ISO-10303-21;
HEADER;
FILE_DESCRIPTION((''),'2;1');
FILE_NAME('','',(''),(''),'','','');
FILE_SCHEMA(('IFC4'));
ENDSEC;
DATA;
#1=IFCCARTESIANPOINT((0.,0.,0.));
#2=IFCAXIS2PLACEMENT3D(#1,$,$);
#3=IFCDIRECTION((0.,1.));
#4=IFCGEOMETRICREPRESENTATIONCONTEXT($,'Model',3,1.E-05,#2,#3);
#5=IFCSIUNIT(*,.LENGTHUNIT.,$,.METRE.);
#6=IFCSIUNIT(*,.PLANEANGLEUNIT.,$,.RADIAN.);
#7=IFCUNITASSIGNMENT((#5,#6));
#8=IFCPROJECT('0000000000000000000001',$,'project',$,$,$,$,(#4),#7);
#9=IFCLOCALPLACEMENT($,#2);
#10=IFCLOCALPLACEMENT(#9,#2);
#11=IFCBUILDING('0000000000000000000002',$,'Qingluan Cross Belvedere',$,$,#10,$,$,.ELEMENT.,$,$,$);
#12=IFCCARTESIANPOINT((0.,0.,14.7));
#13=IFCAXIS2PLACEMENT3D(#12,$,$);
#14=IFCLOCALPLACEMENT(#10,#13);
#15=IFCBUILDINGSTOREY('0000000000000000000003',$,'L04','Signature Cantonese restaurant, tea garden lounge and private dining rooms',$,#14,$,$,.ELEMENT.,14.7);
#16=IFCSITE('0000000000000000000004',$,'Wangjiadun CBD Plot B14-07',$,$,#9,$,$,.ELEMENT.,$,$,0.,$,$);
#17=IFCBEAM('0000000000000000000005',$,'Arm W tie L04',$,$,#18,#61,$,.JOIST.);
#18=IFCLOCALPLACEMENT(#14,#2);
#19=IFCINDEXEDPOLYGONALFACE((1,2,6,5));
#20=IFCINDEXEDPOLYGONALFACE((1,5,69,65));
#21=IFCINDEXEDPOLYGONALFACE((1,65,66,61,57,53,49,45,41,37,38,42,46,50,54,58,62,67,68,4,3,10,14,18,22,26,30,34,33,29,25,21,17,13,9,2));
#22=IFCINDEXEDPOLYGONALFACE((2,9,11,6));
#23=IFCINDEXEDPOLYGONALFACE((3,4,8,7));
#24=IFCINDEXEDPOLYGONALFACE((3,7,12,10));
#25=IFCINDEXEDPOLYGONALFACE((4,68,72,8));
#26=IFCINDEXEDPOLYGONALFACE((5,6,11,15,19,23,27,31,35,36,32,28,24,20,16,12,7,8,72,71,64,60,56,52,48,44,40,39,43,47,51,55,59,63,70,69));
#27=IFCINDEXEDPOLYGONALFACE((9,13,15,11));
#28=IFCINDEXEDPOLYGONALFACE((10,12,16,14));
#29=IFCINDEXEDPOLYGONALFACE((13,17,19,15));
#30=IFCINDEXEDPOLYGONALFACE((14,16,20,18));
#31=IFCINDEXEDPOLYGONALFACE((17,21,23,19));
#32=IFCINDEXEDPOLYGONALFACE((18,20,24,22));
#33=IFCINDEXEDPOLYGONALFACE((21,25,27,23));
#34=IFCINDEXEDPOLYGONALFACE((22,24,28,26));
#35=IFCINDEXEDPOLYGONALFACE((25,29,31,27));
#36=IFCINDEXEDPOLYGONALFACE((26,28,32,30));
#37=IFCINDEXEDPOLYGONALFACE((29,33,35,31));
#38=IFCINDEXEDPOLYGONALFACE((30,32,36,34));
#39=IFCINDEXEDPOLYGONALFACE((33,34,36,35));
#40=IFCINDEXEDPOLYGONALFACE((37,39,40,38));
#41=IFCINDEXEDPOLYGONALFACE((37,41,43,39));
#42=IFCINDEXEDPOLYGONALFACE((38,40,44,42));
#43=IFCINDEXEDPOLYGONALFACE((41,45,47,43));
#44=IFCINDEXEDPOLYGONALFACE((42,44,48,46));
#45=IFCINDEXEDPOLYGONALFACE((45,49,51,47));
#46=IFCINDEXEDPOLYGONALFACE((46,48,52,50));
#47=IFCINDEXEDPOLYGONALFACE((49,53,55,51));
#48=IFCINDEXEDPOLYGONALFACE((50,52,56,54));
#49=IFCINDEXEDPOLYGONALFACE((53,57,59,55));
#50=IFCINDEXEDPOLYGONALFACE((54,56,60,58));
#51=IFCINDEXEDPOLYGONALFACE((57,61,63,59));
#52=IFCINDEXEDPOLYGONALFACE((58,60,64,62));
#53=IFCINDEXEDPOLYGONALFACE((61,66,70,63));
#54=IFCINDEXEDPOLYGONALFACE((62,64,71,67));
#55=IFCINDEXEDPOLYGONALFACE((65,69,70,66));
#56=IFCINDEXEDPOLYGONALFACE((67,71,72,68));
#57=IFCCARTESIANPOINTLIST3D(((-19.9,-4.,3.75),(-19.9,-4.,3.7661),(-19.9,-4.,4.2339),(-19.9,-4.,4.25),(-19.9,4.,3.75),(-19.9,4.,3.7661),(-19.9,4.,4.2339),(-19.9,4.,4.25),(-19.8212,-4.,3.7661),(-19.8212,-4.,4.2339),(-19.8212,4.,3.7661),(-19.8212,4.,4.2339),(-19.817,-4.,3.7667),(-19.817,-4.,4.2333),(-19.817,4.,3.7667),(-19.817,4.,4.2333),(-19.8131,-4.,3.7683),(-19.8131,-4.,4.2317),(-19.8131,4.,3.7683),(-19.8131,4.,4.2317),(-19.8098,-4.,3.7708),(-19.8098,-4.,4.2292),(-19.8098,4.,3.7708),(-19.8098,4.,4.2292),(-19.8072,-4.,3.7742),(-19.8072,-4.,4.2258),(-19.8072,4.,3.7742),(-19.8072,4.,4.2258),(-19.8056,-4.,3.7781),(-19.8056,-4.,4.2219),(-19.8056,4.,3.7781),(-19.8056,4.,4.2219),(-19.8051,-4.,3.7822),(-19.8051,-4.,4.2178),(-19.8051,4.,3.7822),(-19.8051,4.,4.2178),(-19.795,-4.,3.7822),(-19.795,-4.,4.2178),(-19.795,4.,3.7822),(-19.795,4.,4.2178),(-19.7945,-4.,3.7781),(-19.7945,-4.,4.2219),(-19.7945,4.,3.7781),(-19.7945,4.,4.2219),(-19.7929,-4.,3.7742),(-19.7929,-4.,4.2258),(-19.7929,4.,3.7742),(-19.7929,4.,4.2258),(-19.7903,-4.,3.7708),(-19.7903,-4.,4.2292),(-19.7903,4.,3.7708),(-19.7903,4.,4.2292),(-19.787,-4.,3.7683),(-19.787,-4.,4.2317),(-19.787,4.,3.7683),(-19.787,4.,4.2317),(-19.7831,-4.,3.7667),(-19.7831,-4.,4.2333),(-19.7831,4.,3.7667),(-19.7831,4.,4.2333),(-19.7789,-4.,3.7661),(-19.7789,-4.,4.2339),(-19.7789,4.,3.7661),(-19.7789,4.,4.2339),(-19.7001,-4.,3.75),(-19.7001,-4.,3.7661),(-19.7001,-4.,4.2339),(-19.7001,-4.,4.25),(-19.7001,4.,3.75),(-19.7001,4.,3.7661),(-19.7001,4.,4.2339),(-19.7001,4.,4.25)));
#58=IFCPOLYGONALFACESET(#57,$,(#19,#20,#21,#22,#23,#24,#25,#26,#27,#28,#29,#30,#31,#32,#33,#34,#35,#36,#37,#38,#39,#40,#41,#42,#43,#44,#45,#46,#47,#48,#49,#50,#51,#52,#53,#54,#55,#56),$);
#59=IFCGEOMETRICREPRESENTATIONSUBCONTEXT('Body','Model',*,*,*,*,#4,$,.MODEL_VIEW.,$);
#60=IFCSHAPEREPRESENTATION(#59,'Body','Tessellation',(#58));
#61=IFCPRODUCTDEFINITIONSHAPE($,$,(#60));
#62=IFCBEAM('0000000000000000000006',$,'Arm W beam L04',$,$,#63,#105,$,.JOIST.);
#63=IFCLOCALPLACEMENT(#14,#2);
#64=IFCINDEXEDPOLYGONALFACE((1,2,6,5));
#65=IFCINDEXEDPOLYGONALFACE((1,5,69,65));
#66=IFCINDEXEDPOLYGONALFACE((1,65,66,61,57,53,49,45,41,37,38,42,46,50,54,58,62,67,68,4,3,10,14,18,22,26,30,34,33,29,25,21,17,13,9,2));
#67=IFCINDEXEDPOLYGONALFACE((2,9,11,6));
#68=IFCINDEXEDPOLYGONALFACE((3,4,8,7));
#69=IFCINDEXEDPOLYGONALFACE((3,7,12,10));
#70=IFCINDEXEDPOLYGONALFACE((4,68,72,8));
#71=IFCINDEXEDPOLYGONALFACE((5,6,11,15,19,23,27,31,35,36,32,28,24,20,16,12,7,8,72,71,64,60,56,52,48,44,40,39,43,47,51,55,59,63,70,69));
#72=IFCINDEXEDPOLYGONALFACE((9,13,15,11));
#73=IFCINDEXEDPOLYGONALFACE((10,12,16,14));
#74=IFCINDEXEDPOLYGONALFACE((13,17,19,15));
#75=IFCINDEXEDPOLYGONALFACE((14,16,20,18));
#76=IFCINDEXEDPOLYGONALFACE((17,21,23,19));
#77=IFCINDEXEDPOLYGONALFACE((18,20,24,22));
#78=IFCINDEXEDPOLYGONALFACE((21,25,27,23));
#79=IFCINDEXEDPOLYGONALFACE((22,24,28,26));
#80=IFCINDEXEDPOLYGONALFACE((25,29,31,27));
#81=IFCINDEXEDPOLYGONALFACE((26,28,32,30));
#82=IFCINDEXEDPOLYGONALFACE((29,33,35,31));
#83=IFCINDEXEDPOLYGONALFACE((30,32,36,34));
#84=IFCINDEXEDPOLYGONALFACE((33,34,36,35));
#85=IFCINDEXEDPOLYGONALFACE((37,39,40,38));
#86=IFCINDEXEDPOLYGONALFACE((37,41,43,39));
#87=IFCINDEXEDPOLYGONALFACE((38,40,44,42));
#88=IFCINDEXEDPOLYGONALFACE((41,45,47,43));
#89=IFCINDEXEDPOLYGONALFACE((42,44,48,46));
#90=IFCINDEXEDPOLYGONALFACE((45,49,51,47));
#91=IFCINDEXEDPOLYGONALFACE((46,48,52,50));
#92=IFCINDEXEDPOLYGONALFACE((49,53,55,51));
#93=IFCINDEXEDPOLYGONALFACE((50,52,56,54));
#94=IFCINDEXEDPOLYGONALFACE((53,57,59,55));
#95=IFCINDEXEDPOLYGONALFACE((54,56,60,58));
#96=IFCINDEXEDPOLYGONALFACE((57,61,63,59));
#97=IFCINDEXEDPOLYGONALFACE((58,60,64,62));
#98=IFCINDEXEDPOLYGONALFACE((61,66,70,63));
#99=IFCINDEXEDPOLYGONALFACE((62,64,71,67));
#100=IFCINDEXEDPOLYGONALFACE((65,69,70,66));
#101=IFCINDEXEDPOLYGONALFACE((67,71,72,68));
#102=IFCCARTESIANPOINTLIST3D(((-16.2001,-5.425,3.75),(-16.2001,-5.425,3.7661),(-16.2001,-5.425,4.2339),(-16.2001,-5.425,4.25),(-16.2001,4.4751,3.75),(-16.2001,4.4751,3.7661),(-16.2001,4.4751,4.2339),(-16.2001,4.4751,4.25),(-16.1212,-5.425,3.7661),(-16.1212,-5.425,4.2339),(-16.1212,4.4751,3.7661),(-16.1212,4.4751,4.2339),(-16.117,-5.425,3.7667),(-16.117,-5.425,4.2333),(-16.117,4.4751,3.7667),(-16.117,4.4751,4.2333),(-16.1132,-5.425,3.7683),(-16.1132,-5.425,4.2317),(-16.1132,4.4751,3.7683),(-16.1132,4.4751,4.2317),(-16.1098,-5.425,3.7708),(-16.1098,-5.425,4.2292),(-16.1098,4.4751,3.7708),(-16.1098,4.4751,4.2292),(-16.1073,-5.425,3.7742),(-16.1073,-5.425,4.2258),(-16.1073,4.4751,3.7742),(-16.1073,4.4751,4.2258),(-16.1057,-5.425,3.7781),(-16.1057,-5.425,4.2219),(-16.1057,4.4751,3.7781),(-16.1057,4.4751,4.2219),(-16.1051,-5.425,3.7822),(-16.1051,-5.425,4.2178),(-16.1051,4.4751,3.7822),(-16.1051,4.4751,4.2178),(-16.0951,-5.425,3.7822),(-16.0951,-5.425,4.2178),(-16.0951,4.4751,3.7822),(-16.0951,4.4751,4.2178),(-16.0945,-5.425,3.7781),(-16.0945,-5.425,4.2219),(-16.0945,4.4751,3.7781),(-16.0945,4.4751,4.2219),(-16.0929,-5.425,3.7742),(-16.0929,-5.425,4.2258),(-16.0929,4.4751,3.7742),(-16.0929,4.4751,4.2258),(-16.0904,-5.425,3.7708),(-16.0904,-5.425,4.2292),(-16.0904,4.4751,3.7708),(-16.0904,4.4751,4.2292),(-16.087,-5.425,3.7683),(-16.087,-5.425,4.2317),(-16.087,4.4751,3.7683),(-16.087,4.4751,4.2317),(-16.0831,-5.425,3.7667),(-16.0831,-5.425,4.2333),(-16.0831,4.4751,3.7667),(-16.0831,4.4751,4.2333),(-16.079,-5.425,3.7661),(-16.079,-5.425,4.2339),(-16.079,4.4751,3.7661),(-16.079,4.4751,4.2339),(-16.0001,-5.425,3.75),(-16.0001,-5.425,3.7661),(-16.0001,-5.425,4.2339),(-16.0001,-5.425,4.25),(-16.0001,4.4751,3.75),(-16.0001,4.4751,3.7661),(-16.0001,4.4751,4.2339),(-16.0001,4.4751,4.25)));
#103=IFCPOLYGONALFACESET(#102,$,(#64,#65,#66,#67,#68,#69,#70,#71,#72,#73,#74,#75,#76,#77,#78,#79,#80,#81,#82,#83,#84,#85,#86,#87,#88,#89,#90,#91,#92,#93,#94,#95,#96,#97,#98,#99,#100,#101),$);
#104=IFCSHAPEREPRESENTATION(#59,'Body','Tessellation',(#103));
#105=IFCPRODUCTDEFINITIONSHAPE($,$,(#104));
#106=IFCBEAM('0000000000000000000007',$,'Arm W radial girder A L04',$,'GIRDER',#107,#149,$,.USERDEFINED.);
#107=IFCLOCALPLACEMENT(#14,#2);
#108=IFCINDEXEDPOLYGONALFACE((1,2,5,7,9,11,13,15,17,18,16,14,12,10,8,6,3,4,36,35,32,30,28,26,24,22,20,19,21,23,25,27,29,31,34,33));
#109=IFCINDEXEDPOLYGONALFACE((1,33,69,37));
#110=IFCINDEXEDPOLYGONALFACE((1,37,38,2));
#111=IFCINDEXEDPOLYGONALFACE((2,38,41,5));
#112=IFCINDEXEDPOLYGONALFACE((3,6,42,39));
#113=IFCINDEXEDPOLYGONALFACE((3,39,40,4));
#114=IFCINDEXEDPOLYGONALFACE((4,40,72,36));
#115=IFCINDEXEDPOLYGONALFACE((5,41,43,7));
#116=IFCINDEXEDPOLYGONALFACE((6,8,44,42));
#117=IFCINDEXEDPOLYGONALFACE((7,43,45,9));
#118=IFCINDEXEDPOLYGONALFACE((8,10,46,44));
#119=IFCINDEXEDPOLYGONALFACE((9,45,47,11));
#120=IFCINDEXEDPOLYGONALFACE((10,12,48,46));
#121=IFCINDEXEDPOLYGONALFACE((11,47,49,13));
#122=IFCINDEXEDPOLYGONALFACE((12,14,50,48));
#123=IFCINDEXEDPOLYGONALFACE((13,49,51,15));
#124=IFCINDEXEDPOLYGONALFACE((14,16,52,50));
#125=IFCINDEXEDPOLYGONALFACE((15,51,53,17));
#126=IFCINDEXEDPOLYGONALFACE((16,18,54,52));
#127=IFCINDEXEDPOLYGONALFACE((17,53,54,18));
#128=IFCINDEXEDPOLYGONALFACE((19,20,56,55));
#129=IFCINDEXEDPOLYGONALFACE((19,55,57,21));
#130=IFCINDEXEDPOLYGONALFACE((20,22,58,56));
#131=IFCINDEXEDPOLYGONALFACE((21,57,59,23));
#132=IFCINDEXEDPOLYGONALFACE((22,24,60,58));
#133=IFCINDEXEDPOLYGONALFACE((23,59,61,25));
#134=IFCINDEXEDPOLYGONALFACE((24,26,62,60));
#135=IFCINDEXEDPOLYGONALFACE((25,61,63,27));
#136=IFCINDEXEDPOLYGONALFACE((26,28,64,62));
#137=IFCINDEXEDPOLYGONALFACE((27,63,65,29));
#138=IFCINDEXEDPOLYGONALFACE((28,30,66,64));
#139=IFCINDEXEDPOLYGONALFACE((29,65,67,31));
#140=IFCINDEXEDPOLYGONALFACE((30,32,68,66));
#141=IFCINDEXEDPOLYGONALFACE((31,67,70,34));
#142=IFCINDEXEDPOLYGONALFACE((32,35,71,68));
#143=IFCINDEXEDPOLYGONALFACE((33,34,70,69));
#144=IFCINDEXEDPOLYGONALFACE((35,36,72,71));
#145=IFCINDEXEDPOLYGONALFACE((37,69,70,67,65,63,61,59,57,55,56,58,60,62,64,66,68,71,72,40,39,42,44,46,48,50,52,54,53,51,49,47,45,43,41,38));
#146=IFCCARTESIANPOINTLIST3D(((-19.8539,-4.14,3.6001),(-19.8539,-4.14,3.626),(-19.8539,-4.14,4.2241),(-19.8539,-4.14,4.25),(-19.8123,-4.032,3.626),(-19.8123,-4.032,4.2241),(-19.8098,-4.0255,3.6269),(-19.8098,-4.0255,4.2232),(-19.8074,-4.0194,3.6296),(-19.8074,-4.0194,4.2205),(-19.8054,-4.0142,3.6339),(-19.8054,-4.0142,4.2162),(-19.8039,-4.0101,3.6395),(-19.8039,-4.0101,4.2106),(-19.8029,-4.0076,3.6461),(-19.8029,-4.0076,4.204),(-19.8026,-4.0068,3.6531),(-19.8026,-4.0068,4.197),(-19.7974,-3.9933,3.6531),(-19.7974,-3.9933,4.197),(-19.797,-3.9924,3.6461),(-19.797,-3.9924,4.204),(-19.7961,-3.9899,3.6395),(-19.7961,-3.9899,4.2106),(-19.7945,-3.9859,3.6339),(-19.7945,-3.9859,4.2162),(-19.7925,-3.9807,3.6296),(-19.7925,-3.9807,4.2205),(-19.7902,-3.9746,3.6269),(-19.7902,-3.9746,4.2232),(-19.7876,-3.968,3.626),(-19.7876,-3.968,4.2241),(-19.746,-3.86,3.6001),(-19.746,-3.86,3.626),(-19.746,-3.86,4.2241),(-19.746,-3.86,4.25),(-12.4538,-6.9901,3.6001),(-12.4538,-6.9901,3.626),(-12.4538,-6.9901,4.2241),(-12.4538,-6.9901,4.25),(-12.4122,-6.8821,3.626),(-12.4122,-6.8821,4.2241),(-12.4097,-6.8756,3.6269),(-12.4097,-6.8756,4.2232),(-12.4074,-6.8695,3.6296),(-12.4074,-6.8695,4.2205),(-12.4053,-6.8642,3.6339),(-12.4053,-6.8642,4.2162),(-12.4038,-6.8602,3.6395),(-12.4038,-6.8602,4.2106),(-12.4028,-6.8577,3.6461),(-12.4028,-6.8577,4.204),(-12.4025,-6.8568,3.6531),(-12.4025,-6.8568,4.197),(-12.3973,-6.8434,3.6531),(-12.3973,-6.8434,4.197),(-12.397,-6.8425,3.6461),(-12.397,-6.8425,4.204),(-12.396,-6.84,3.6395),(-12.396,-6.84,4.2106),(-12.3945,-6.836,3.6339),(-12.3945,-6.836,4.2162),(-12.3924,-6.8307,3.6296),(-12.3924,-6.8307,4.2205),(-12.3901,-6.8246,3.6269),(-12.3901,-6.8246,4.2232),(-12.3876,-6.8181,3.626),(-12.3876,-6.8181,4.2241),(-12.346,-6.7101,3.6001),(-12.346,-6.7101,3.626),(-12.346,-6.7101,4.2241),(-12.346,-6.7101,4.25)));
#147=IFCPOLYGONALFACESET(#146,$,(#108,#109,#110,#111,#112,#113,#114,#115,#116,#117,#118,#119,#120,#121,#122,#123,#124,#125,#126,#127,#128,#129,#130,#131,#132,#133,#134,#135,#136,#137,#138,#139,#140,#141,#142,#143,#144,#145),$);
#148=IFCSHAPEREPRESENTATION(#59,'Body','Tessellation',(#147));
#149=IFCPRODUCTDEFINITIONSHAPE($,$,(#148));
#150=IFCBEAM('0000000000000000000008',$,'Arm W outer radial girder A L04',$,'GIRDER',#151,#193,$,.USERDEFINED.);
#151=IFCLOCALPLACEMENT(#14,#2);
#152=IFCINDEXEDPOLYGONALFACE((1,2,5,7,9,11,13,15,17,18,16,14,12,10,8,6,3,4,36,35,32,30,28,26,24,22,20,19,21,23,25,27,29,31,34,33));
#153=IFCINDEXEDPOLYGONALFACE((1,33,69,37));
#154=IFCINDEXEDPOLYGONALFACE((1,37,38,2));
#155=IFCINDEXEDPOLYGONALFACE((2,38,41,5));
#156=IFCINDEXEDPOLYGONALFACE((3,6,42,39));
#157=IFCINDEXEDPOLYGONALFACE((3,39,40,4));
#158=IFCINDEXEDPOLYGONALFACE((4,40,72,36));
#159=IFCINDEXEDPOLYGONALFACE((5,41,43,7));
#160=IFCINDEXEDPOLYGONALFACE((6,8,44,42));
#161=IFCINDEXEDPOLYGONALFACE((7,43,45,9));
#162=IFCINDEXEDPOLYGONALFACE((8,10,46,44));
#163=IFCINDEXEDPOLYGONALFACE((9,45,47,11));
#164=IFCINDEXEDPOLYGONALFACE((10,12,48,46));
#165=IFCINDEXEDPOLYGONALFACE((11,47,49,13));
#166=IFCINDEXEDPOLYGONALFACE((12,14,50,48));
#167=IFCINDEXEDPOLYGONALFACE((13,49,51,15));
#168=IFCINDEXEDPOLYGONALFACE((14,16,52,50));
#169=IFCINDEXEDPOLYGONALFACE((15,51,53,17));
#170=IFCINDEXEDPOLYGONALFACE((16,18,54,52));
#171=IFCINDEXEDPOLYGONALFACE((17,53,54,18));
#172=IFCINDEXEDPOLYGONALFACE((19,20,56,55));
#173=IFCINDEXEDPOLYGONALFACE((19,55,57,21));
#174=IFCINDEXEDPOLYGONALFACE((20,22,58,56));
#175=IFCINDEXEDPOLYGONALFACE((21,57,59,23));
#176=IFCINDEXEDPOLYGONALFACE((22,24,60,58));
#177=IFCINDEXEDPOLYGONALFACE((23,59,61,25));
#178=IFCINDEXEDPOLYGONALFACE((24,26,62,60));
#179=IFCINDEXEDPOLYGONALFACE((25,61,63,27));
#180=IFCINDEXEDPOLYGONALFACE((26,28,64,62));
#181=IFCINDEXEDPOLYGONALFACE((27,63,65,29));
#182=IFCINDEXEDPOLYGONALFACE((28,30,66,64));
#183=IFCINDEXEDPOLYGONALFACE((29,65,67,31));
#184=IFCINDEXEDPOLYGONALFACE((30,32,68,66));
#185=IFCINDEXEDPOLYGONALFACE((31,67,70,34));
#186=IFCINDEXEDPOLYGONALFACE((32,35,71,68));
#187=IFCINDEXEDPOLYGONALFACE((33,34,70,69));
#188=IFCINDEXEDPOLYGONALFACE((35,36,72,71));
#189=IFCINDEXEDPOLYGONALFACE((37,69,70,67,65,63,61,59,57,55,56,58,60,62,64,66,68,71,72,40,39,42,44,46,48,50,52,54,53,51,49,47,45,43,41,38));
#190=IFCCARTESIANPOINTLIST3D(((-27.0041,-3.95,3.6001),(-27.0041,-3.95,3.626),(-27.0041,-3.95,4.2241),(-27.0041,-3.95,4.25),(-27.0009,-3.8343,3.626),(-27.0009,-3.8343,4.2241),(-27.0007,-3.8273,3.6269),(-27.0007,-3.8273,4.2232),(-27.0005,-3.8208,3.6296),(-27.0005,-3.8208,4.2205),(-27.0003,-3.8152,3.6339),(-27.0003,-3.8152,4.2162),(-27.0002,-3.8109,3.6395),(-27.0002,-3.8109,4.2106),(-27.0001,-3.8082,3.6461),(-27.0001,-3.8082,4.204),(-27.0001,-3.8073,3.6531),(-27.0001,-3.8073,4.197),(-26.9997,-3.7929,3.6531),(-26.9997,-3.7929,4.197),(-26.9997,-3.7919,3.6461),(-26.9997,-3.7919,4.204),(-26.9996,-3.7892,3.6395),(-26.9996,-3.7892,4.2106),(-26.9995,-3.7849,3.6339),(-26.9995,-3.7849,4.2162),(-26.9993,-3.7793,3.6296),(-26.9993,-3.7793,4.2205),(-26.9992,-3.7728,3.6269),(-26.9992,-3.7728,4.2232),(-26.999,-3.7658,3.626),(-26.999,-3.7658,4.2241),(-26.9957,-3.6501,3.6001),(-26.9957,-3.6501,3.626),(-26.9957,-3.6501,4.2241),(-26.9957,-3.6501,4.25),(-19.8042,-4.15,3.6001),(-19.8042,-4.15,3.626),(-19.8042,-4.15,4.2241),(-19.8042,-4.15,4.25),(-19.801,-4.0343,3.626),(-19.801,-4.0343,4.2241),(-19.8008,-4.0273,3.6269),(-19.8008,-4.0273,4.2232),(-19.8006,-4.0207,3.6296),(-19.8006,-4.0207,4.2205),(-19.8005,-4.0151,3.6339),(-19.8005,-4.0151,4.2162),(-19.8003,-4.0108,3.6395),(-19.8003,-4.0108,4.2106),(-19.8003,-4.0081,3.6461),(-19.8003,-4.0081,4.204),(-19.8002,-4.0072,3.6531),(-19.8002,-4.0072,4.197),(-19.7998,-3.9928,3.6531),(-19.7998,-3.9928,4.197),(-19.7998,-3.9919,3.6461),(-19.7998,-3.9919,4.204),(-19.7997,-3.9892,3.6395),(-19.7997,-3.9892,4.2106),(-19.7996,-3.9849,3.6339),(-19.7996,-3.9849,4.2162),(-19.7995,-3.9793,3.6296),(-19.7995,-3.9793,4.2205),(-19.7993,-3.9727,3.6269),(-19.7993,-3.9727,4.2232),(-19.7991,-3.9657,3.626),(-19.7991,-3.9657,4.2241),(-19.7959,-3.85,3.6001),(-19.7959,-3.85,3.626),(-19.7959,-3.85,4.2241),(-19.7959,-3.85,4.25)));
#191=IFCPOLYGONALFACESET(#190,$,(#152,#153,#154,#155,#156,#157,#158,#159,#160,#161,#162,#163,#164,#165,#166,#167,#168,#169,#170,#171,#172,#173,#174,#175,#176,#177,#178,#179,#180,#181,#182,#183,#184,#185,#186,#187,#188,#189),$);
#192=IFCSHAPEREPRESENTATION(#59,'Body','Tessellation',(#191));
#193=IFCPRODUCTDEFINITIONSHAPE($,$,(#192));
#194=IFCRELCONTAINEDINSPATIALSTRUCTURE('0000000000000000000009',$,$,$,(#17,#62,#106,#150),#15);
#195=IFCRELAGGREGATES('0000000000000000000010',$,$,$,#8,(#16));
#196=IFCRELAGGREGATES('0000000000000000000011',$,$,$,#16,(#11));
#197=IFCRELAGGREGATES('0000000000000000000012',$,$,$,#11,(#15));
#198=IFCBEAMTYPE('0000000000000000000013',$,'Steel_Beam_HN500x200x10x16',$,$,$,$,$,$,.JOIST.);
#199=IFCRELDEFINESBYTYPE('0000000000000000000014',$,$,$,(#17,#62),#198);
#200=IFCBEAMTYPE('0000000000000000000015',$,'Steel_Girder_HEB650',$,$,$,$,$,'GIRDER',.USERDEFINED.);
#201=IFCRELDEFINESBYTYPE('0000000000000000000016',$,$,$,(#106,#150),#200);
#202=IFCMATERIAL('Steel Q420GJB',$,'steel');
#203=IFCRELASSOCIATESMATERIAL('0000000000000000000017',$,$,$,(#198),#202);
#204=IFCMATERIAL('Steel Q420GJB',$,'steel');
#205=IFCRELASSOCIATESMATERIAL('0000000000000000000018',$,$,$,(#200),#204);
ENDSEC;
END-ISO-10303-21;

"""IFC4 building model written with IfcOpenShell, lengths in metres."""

from ifc_helpers import new_model, si_unit, direction, frame, origin, origin_2d, place, context, subcontext, project, spatial, i_section, extrude, material, material_profile, profile_set, type_object, element, save


model = new_model("IFC4")

# Units and contexts
model_context = context("Model", 3, precision=1e-05, world=origin(), true_north=direction((0.0, 1.0)))
body_context = subcontext(model_context, "Body", "Model", "MODEL_VIEW")
ifc_project = project(units=[si_unit("LENGTHUNIT", "METRE"), si_unit("PLANEANGLEUNIT", "RADIAN")], contexts=[model_context])

# Site, building, storey
site_placement = place(None, origin())
site = spatial("IfcSite", under=ifc_project, at=site_placement, Name="Wangjiadun CBD Plot B14-07", CompositionType="ELEMENT", RefElevation=0.0)
building_placement = place(site_placement, origin())
building = spatial("IfcBuilding", under=site, at=building_placement, Name="Qingluan Cross Belvedere", CompositionType="ELEMENT")
storey_placement = place(building_placement, frame((0.0, 0.0, 14.7)))
storey = spatial("IfcBuildingStorey", under=building, at=storey_placement, Name="L04", Description="Signature Cantonese restaurant, tea garden lounge and private dining rooms", CompositionType="ELEMENT", Elevation=14.7)

# Beams
ifc_material_1 = material(Name="Steel Q420GJB", Category="steel")
ifc_material_profile_1 = material_profile(ifc_material_1, i_section(OverallWidth=0.2, OverallDepth=0.5, WebThickness=0.01, FlangeThickness=0.0161, FilletRadius=0.0161, at=origin_2d()), Name="HN500x200x10x16")
ifc_profile_set_1 = profile_set([ifc_material_profile_1], Name="Steel Q420GJB")
beam_type_1 = type_object("IfcBeamType", Name="Steel_Beam_HN500x200x10x16", PredefinedType="JOIST", material=ifc_profile_set_1)
for number, where, z_axis, x_axis, name in (
    (1, (-19.8, -4.0, 4.0), (0.0, 1.0, 0.0), (-1.0, 0.0, 0.0), "Arm W tie L04"),
):
    element("IfcBeam", number, at=place(storey_placement, frame(where, z_axis=z_axis, x_axis=x_axis)), inside=storey, type_object=beam_type_1, Name=name, PredefinedType="JOIST", context=body_context, shape_type="SweptSolid", body=[
        extrude(i_section(OverallWidth=0.2, OverallDepth=0.5, WebThickness=0.01, FlangeThickness=0.0161, FilletRadius=0.0161, at=origin_2d()), origin(), (0.0, 0.0, 1.0), 8.0),
    ])
beam_1_placement = place(storey_placement, frame((-16.1001, -5.425, 4.0), z_axis=(0.0, 1.0, 0.0), x_axis=(-1.0, 0.0, 0.0)))
element("IfcBeam", 2, at=beam_1_placement, inside=storey, type_object=beam_type_1, Name="Arm W beam L04", PredefinedType="JOIST", context=body_context, shape_type="SweptSolid", body=[
    extrude(i_section(OverallWidth=0.2, OverallDepth=0.5, WebThickness=0.01, FlangeThickness=0.0161, FilletRadius=0.0161, at=origin_2d()), origin(), (0.0, 0.0, 1.0), 9.9001),
])
ifc_material_2 = material(Name="Steel Q420GJB", Category="steel")
ifc_material_profile_2 = material_profile(ifc_material_2, i_section(OverallWidth=0.3, OverallDepth=0.6499, WebThickness=0.0144, FlangeThickness=0.0259, FilletRadius=0.0271, at=origin_2d()), Name="HEB650")
ifc_profile_set_2 = profile_set([ifc_material_profile_2], Name="Steel Q420GJB")
beam_type_2 = type_object("IfcBeamType", Name="Steel_Girder_HEB650", ElementType="GIRDER", PredefinedType="USERDEFINED", material=ifc_profile_set_2)
beam_2_placement = place(storey_placement, frame((-12.3999, -6.8501, 3.925), z_axis=(-0.933181, 0.359406, 0.0), x_axis=(-0.359406, -0.933181, 0.0)))
element("IfcBeam", 3, at=beam_2_placement, inside=storey, type_object=beam_type_2, Name="Arm W radial girder A L04", ObjectType="GIRDER", PredefinedType="USERDEFINED", context=body_context, shape_type="SweptSolid", body=[
    extrude(i_section(OverallWidth=0.3, OverallDepth=0.6499, WebThickness=0.0144, FlangeThickness=0.0259, FilletRadius=0.0271, at=origin_2d()), origin(), (0.0, 0.0, 1.0), 7.9299),
])
beam_3_placement = place(storey_placement, frame((-19.8, -4.0, 3.925), z_axis=(-0.999615, 0.02776, 0.0), x_axis=(-0.02776, -0.999615, 0.0)))
element("IfcBeam", 4, at=beam_3_placement, inside=storey, type_object=beam_type_2, Name="Arm W outer radial girder A L04", ObjectType="GIRDER", PredefinedType="USERDEFINED", context=body_context, shape_type="SweptSolid", body=[
    extrude(i_section(OverallWidth=0.3, OverallDepth=0.6499, WebThickness=0.0144, FlangeThickness=0.0259, FilletRadius=0.0271, at=origin_2d()), origin(), (0.0, 0.0, 1.0), 7.2026),
])

save(model, "model.ifc")
